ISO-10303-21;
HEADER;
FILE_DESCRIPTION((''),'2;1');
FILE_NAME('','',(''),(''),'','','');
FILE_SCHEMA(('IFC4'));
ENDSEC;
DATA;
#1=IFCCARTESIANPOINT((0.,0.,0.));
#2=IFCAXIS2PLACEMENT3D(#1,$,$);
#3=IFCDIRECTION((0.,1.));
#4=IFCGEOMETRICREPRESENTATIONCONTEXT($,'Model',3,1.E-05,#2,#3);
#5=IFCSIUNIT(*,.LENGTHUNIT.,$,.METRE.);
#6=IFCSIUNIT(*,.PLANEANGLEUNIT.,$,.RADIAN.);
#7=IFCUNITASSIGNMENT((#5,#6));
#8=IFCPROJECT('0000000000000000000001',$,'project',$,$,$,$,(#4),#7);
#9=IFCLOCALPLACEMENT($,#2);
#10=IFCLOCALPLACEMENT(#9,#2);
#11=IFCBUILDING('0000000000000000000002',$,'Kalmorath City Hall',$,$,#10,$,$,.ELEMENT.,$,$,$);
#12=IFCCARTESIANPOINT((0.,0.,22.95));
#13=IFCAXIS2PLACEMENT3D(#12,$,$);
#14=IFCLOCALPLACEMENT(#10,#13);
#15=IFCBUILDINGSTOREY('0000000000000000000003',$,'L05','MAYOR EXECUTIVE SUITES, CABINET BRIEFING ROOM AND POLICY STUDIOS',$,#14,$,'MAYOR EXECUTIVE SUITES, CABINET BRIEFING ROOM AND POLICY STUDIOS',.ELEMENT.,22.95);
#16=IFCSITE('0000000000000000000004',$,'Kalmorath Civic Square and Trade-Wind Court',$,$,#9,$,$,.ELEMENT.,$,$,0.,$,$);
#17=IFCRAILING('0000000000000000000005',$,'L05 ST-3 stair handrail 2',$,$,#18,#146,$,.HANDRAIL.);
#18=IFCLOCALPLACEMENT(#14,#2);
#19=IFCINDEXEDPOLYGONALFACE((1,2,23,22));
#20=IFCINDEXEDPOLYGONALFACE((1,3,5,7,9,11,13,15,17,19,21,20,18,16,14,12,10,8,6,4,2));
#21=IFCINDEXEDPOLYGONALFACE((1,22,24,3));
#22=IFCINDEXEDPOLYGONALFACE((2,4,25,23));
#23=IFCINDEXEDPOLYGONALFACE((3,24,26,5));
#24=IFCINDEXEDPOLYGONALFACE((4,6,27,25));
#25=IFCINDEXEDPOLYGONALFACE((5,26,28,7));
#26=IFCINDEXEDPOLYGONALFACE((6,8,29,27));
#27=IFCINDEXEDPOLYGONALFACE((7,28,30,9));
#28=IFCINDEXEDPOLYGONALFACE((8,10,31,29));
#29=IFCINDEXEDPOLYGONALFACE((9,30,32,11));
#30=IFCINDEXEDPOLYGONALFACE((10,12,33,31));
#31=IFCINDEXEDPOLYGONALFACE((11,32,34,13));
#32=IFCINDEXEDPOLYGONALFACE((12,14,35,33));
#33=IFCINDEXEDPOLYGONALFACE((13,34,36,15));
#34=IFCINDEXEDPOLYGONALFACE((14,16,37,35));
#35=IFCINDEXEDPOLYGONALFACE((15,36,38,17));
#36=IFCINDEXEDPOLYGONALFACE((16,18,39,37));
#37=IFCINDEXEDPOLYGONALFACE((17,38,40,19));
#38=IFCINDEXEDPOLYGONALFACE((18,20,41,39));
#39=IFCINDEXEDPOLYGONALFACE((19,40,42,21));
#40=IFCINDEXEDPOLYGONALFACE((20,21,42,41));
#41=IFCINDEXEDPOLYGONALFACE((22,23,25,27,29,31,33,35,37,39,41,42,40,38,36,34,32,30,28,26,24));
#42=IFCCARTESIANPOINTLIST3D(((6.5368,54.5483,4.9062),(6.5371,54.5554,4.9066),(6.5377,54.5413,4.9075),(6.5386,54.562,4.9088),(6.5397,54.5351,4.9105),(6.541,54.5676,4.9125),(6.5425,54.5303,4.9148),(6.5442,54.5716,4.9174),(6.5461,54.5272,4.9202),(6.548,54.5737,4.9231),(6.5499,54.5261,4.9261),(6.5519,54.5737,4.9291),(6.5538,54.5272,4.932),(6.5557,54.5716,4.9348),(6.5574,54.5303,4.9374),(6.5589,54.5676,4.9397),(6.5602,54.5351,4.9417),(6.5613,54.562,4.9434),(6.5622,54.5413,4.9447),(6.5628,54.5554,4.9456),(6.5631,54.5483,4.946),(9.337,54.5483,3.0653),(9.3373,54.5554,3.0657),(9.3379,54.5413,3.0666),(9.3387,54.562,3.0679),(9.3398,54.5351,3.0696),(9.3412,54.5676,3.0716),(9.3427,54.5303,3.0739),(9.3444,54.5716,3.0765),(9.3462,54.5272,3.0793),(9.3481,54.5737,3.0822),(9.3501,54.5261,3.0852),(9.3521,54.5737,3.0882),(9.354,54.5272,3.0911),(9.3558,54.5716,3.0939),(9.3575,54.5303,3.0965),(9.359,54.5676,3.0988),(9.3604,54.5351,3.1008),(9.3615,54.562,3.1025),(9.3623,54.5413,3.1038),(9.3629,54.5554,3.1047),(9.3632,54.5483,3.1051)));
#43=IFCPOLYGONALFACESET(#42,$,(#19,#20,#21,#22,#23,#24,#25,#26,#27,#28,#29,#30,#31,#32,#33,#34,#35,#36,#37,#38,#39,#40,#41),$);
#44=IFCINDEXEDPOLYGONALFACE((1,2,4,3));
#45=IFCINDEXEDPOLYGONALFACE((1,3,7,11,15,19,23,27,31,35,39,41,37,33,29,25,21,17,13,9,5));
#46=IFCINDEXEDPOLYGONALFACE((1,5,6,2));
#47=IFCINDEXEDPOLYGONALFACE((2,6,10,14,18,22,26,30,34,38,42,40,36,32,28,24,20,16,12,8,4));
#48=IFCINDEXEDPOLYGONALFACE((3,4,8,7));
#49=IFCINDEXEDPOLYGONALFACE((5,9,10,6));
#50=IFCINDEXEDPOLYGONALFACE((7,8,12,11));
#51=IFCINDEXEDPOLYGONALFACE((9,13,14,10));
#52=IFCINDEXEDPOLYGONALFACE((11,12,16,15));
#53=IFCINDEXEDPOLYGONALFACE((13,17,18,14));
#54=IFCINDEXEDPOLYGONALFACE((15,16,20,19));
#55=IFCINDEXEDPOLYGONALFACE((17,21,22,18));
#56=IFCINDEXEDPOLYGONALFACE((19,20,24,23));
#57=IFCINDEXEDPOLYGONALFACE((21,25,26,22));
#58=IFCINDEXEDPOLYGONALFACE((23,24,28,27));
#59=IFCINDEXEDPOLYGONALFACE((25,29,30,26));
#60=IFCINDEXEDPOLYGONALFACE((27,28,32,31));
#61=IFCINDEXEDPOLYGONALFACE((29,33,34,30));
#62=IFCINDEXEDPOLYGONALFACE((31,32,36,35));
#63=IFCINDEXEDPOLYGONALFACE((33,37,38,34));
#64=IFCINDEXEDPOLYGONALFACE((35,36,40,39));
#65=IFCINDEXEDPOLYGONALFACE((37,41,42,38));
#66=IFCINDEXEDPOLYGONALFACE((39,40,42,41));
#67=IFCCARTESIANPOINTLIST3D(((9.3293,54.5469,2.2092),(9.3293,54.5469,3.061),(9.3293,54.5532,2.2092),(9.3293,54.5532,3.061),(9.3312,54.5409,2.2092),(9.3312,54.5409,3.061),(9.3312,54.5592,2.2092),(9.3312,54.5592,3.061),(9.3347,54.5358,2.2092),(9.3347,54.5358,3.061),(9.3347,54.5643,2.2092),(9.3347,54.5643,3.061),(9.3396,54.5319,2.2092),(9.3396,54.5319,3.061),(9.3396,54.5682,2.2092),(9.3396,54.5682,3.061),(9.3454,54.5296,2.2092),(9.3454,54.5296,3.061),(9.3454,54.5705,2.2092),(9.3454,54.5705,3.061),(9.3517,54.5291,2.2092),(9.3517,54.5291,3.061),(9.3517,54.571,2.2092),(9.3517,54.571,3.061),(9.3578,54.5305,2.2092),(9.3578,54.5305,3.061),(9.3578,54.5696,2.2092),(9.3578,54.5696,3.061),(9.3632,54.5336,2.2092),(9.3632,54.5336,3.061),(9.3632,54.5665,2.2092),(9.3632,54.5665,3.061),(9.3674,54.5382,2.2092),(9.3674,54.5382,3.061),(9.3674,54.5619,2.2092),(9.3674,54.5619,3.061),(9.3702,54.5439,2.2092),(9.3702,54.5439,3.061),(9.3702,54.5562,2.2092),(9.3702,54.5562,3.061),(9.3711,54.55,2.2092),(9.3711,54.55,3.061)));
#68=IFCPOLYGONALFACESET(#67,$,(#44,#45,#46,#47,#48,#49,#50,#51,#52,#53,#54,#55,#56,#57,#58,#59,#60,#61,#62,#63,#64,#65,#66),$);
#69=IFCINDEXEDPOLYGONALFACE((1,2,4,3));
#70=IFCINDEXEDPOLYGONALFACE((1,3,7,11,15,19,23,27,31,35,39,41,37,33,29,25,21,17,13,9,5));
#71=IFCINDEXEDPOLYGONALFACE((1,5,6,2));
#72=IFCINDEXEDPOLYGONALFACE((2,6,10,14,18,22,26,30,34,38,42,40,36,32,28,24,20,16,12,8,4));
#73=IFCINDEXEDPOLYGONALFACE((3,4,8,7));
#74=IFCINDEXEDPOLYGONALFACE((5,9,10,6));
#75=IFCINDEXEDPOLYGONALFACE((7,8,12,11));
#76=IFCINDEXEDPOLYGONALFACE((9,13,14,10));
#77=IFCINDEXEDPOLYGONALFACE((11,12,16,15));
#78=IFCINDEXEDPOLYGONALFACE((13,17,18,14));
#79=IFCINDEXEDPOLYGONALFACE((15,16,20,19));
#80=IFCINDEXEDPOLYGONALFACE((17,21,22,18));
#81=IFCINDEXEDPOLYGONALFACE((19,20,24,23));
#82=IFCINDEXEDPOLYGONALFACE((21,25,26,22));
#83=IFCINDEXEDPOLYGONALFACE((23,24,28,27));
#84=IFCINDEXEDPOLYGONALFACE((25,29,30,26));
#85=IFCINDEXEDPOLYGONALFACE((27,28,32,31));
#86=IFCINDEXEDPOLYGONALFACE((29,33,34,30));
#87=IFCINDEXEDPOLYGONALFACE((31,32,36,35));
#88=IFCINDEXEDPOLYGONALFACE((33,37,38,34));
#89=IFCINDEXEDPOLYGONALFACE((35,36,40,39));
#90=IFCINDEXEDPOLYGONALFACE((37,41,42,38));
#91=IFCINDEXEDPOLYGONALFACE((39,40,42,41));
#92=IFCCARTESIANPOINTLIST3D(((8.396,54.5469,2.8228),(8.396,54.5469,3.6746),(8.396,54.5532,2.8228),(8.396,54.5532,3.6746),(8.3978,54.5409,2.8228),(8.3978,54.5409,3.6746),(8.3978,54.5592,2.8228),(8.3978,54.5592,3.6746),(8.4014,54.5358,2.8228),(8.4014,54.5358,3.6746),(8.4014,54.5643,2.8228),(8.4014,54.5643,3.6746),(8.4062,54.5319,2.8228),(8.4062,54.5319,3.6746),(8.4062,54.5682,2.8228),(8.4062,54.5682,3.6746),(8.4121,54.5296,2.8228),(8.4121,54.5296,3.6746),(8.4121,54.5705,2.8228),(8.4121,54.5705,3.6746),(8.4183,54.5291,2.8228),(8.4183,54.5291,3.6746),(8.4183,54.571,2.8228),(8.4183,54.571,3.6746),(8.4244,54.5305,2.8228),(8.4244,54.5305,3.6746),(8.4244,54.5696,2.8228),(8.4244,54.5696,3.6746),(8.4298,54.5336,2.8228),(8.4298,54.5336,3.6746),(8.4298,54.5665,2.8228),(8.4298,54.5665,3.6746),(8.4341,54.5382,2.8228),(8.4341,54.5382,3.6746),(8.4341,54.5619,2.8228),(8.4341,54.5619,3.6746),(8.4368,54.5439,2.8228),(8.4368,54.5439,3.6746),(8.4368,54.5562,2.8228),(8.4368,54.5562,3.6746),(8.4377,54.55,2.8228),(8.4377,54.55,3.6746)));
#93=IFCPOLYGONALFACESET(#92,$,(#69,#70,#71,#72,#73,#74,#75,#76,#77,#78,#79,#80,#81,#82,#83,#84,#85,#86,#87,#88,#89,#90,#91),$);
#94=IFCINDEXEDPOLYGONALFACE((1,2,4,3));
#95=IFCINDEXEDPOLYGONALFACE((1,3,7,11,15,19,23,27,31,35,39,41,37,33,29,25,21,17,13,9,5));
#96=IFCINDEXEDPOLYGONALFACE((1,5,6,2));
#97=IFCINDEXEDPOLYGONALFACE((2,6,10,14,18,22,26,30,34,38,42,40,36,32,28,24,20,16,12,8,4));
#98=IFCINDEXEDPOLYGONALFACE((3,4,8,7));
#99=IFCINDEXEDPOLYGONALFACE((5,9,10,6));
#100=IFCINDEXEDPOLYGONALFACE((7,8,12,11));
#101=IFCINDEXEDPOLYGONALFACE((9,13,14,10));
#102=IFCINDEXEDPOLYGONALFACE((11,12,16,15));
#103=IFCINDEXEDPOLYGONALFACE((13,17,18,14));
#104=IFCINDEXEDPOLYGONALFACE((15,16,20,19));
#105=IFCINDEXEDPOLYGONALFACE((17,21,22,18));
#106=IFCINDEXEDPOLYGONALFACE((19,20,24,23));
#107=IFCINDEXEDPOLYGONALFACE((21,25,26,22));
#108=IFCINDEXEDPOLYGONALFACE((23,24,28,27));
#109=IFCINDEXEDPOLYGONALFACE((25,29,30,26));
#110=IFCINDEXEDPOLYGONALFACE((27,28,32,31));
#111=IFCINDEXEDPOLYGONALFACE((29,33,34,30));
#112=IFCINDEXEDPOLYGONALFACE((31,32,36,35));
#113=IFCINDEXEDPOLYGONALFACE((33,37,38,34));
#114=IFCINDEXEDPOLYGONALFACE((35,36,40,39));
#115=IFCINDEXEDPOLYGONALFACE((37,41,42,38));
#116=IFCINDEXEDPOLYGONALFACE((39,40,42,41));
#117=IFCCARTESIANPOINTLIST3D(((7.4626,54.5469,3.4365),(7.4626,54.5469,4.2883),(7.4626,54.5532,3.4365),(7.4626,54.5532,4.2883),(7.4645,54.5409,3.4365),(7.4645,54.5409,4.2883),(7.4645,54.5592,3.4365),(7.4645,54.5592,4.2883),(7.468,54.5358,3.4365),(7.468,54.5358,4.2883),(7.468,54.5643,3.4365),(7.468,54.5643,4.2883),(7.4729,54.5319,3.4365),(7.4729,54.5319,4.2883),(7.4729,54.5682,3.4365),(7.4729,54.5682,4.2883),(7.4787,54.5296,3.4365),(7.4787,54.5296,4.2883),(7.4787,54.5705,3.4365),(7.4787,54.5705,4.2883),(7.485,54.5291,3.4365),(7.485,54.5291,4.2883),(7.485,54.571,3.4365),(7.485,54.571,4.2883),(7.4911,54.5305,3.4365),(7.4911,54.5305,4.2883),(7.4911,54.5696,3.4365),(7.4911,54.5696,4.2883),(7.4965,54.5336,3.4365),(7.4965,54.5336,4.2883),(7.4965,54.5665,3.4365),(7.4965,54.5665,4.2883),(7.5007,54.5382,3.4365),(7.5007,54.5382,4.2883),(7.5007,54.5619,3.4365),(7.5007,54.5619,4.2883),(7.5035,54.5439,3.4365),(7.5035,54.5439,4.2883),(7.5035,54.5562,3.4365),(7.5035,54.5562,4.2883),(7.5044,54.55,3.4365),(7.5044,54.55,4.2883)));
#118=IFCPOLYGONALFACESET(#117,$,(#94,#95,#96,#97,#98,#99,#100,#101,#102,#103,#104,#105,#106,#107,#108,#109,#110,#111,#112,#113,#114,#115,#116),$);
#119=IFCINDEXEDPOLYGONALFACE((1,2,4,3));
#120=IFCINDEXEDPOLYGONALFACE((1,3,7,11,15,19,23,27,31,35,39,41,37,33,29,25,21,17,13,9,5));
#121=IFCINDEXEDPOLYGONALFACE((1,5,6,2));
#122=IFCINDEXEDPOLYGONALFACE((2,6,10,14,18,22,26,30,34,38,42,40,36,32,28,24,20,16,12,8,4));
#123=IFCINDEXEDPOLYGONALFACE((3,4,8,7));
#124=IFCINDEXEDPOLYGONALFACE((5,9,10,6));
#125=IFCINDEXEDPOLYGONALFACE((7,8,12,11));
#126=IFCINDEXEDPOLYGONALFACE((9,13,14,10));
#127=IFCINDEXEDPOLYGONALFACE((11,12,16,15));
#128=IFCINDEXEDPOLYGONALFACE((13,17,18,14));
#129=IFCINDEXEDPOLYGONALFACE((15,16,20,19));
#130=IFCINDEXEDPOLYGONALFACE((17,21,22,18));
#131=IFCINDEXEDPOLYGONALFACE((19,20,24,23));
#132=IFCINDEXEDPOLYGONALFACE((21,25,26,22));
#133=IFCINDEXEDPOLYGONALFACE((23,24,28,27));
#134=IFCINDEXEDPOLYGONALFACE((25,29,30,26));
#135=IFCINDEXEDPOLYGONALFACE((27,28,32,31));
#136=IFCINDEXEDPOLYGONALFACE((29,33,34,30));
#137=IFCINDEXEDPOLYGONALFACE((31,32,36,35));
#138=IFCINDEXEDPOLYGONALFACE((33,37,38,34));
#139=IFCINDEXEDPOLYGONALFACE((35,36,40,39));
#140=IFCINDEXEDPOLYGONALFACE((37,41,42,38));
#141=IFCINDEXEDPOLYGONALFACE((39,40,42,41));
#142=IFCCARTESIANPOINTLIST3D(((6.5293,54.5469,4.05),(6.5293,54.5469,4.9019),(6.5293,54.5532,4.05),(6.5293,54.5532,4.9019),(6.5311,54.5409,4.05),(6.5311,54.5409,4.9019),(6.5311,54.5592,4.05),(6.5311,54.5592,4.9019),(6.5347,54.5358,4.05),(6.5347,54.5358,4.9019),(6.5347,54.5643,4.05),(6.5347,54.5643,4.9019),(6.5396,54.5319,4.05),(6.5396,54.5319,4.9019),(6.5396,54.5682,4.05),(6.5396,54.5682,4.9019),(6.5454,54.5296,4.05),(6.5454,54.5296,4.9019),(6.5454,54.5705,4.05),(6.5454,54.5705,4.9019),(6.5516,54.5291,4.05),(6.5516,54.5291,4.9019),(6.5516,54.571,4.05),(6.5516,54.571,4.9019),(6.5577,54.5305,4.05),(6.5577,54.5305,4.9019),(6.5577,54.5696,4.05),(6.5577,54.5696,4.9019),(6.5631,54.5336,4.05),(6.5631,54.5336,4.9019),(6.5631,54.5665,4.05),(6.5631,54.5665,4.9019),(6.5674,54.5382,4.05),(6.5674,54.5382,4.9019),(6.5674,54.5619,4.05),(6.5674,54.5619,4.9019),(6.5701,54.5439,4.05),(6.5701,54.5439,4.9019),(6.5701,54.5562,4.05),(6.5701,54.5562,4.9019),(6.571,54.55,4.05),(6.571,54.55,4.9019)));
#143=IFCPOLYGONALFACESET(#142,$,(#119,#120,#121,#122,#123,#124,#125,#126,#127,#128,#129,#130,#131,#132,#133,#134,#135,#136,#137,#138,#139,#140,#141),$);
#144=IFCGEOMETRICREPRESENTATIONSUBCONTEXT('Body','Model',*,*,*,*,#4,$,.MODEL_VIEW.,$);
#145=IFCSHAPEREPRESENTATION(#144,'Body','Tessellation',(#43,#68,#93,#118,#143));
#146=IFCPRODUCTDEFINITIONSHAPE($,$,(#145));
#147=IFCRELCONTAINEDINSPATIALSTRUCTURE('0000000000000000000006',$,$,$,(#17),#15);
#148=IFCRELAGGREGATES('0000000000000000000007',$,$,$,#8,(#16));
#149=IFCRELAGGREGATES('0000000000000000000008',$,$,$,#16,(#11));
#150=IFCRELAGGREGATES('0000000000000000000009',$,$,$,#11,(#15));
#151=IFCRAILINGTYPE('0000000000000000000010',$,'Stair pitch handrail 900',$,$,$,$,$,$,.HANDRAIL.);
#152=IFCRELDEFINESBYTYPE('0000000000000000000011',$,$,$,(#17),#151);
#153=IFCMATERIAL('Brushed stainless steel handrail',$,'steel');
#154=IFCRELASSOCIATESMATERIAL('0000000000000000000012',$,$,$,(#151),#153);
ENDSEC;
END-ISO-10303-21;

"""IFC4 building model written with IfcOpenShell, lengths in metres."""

from ifc_helpers import new_model, si_unit, direction, frame, origin, origin_2d, place, context, subcontext, project, spatial, circle, extrude, material, type_object, element, save


model = new_model("IFC4")

# Units and contexts
model_context = context("Model", 3, precision=1e-05, world=origin(), true_north=direction((0.0, 1.0)))
body_context = subcontext(model_context, "Body", "Model", "MODEL_VIEW")
ifc_project = project(units=[si_unit("LENGTHUNIT", "METRE"), si_unit("PLANEANGLEUNIT", "RADIAN")], contexts=[model_context])

# Site, building, storey
site_placement = place(None, origin())
site = spatial("IfcSite", under=ifc_project, at=site_placement, Name="Kalmorath Civic Square and Trade-Wind Court", CompositionType="ELEMENT", RefElevation=0.0)
building_placement = place(site_placement, origin())
building = spatial("IfcBuilding", under=site, at=building_placement, Name="Kalmorath City Hall", CompositionType="ELEMENT")
storey_placement = place(building_placement, frame((0.0, 0.0, 22.95)))
storey = spatial("IfcBuildingStorey", under=building, at=storey_placement, Name="L05", Description="MAYOR EXECUTIVE SUITES, CABINET BRIEFING ROOM AND POLICY STUDIOS", LongName="MAYOR EXECUTIVE SUITES, CABINET BRIEFING ROOM AND POLICY STUDIOS", CompositionType="ELEMENT", Elevation=22.95)

# Railing
ifc_material_1 = material(Name="Brushed stainless steel handrail", Category="steel")
railing_type = type_object("IfcRailingType", Name="Stair pitch handrail 900", PredefinedType="HANDRAIL", material=ifc_material_1)
railing_placement = place(storey_placement, frame((9.3501, 54.55, 2.2092)))
element("IfcRailing", 1, at=railing_placement, inside=storey, type_object=railing_type, Name="L05 ST-3 stair handrail 2", PredefinedType="HANDRAIL", context=body_context, shape_type="SweptSolid", body=[
    extrude(circle(Radius=0.0239, at=origin_2d()), frame((0.0, 0.0, 0.876), z_axis=(-0.835598, 0.0, 0.549342), x_axis=(0.0, -1.0, 0.0)), (0.0, 0.0, 1.0), 3.3511),
    extrude(circle(Radius=0.021, at=origin_2d()), origin(), (0.0, 0.0, 1.0), 0.8518),
    extrude(circle(Radius=0.021, at=origin_2d()), frame((-0.9333, 0.0, 0.6135)), (0.0, 0.0, 1.0), 0.8518),
    extrude(circle(Radius=0.021, at=origin_2d()), frame((-1.8667, 0.0, 1.2273)), (0.0, 0.0, 1.0), 0.8518),
    extrude(circle(Radius=0.021, at=origin_2d()), frame((-2.8, 0.0, 1.8408)), (0.0, 0.0, 1.0), 0.8518),
])

save(model, "model.ifc")
